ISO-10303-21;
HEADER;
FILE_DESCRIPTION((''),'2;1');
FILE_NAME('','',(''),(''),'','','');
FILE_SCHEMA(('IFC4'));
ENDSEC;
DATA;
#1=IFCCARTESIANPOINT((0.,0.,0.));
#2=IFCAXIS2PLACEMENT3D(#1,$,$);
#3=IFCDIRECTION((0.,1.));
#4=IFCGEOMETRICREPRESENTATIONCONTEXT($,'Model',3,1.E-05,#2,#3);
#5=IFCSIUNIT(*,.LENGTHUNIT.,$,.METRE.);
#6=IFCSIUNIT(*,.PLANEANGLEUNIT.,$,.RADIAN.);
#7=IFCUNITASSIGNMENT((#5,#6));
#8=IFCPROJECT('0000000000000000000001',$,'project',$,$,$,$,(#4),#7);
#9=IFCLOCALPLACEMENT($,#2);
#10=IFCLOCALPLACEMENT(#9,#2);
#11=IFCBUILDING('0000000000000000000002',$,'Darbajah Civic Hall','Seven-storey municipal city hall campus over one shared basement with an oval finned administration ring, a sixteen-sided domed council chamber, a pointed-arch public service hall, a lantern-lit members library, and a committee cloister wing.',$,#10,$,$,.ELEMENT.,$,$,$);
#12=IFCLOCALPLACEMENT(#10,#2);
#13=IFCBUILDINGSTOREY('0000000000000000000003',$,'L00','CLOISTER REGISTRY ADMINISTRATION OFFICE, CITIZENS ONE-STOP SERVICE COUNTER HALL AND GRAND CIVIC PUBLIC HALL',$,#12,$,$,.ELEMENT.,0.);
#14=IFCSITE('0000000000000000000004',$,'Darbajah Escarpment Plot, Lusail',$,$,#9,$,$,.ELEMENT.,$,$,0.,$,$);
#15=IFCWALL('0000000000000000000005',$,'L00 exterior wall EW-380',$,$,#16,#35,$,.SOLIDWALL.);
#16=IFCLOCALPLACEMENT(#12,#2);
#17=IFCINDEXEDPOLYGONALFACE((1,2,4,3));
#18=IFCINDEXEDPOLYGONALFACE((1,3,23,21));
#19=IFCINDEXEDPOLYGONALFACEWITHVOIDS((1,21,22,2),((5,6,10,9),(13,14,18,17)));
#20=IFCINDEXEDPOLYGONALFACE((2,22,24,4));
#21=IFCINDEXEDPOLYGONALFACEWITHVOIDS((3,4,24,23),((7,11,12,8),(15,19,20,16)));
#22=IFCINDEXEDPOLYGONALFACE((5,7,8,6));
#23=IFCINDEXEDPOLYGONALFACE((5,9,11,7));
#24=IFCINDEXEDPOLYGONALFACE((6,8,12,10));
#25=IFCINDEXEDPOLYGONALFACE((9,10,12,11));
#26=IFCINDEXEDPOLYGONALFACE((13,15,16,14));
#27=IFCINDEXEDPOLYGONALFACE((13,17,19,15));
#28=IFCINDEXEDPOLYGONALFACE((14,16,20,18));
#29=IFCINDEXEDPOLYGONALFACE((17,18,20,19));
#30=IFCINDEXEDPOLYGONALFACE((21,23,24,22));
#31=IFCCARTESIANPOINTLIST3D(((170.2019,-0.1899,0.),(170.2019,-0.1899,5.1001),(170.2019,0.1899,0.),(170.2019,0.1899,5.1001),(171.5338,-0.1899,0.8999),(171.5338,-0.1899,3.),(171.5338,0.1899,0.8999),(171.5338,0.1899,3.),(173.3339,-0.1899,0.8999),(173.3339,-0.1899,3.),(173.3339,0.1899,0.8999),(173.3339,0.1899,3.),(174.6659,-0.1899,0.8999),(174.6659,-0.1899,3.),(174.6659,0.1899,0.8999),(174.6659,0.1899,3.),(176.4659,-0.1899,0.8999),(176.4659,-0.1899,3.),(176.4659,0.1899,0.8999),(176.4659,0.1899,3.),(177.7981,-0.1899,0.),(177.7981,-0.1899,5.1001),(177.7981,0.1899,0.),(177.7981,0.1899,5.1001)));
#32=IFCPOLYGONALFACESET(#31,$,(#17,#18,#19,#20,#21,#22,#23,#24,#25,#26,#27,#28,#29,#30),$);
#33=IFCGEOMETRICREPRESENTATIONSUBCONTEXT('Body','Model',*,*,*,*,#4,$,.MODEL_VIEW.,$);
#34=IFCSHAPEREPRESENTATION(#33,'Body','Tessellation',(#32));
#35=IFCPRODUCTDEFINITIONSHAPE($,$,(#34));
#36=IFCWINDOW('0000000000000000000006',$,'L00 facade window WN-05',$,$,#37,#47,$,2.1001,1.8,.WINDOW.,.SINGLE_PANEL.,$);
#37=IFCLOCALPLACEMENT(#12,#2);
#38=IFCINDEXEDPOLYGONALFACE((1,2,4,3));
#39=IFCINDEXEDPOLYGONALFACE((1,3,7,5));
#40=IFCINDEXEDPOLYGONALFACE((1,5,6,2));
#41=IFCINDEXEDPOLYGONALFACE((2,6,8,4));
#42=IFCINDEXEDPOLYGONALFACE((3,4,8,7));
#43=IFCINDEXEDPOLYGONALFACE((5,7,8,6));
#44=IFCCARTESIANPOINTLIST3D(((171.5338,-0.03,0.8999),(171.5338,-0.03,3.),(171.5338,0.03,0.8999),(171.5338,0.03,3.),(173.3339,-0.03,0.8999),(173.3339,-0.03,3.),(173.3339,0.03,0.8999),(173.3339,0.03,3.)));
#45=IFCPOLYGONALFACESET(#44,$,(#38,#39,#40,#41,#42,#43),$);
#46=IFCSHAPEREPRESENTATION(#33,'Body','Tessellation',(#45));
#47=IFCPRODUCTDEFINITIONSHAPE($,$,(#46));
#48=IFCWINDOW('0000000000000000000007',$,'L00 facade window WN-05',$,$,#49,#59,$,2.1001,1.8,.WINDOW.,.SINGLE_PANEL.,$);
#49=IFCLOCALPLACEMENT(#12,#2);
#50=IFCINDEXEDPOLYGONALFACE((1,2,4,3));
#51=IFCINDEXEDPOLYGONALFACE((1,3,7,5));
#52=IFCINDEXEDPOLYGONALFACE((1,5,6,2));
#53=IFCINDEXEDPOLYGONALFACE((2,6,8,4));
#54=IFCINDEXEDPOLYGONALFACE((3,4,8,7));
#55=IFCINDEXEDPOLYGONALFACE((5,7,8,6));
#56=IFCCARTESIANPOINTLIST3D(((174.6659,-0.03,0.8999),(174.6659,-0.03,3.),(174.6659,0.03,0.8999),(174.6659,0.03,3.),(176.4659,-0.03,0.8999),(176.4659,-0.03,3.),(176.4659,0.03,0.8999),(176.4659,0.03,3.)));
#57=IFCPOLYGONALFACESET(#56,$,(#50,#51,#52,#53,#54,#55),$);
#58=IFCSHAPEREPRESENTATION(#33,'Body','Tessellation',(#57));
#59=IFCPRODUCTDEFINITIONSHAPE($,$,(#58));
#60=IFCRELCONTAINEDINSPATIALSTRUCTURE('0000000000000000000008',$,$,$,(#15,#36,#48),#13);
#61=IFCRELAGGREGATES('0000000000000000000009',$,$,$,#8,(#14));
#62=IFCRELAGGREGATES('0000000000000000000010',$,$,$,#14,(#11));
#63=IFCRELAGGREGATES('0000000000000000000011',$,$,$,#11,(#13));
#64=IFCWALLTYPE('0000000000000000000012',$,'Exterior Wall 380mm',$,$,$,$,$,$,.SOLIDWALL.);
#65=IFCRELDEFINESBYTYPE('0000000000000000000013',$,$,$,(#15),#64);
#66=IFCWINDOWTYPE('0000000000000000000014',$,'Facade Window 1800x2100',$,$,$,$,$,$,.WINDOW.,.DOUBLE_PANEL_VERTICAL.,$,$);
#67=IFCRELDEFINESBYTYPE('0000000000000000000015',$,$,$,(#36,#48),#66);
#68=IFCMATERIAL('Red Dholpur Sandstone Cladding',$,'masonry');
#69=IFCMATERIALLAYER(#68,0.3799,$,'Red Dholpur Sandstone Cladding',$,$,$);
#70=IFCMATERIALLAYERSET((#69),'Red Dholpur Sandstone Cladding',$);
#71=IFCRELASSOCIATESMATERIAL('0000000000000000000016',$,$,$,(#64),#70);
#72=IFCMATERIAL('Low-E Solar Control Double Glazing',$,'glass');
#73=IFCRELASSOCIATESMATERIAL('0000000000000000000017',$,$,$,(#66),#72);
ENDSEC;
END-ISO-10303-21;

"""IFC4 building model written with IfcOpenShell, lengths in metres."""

from ifc_helpers import new_model, si_unit, direction, frame, frame_2d, origin, place, context, subcontext, project, spatial, rectangle, extrude, material, layer, layer_set, type_object, element, fill, save


model = new_model("IFC4")

# Units and contexts
model_context = context("Model", 3, precision=1e-05, world=origin(), true_north=direction((0.0, 1.0)))
body_context = subcontext(model_context, "Body", "Model", "MODEL_VIEW")
ifc_project = project(units=[si_unit("LENGTHUNIT", "METRE"), si_unit("PLANEANGLEUNIT", "RADIAN")], contexts=[model_context])

# Site, building, storey
site_placement = place(None, origin())
site = spatial("IfcSite", under=ifc_project, at=site_placement, Name="Darbajah Escarpment Plot, Lusail", CompositionType="ELEMENT", RefElevation=0.0)
building_placement = place(site_placement, origin())
building = spatial("IfcBuilding", under=site, at=building_placement, Name="Darbajah Civic Hall", Description="Seven-storey municipal city hall campus over one shared basement with an oval finned administration ring, a sixteen-sided domed council chamber, a pointed-arch public service hall, a lantern-lit members library, and a committee cloister wing.", CompositionType="ELEMENT")
storey_placement = place(building_placement, origin())
storey = spatial("IfcBuildingStorey", under=building, at=storey_placement, Name="L00", Description="CLOISTER REGISTRY ADMINISTRATION OFFICE, CITIZENS ONE-STOP SERVICE COUNTER HALL AND GRAND CIVIC PUBLIC HALL", CompositionType="ELEMENT", Elevation=0.0)

# Shared definitions
ifc_material_1 = material(Name="Low-E Solar Control Double Glazing", Category="glass")

# Wall, openings, windows
ifc_material_2 = material(Name="Red Dholpur Sandstone Cladding", Category="masonry")
ifc_layer_1 = layer(ifc_material_2, 0.3799, Name="Red Dholpur Sandstone Cladding")
ifc_layer_set_1 = layer_set([ifc_layer_1], Name="Red Dholpur Sandstone Cladding")
wall_type = type_object("IfcWallType", Name="Exterior Wall 380mm", PredefinedType="SOLIDWALL", material=ifc_layer_set_1)
wall_1_placement = place(storey_placement, frame((170.2019, 0.0, 0.0), z_axis=(0.0, 0.0, 1.0), x_axis=(1.0, 0.0, 0.0)))
wall_1 = element("IfcWall", 1, at=wall_1_placement, inside=storey, type_object=wall_type, Name="L00 exterior wall EW-380", PredefinedType="SOLIDWALL", context=body_context, shape_type="SweptSolid", body=[
    extrude(rectangle(XDim=7.5962, YDim=0.3799, at=frame_2d((3.7981, 0.0))), origin(), (0.0, 0.0, 1.0), 5.1001),
])
opening_1_placement = place(wall_1_placement, frame((1.332, 0.0, 0.8999)))
opening_1 = element("IfcOpeningElement", 2, at=opening_1_placement, cuts=wall_1, PredefinedType="OPENING", context=body_context, shape_type="SweptSolid", body=[
    extrude(rectangle(XDim=1.8, YDim=2.1001, at=frame_2d((0.8999, 1.05))), frame((0.0, 0.2, 0.0), z_axis=(0.0, -1.0, 0.0), x_axis=(1.0, 0.0, 0.0)), (0.0, 0.0, 1.0), 0.3999),
])
opening_2_placement = place(wall_1_placement, frame((4.4641, 0.0, 0.8999)))
opening_2 = element("IfcOpeningElement", 3, at=opening_2_placement, cuts=wall_1, PredefinedType="OPENING", context=body_context, shape_type="SweptSolid", body=[
    extrude(rectangle(XDim=1.8, YDim=2.1001, at=frame_2d((0.8999, 1.05))), frame((0.0, 0.2, 0.0), z_axis=(0.0, -1.0, 0.0), x_axis=(1.0, 0.0, 0.0)), (0.0, 0.0, 1.0), 0.3999),
])
window_type_1 = type_object("IfcWindowType", Name="Facade Window 1800x2100", PartitioningType="DOUBLE_PANEL_VERTICAL", PredefinedType="WINDOW", material=ifc_material_1)
window_1_placement = place(opening_1_placement, origin())
window_1 = element("IfcWindow", 4, at=window_1_placement, inside=storey, type_object=window_type_1, Name="L00 facade window WN-05", OverallHeight=2.1001, OverallWidth=1.8, PartitioningType="SINGLE_PANEL", PredefinedType="WINDOW", context=body_context, shape_type="SweptSolid", body=[
    extrude(rectangle(XDim=1.8, YDim=2.1001, at=frame_2d((0.8999, 1.05))), frame((0.0, 0.03, 0.0), z_axis=(0.0, -1.0, 0.0), x_axis=(1.0, 0.0, 0.0)), (0.0, 0.0, 1.0), 0.0601),
])
fill(opening_1, window_1)
window_2_placement = place(opening_2_placement, origin())
window_2 = element("IfcWindow", 5, at=window_2_placement, inside=storey, type_object=window_type_1, Name="L00 facade window WN-05", OverallHeight=2.1001, OverallWidth=1.8, PartitioningType="SINGLE_PANEL", PredefinedType="WINDOW", context=body_context, shape_type="SweptSolid", body=[
    extrude(rectangle(XDim=1.8, YDim=2.1001, at=frame_2d((0.8999, 1.05))), frame((0.0, 0.03, 0.0), z_axis=(0.0, -1.0, 0.0), x_axis=(1.0, 0.0, 0.0)), (0.0, 0.0, 1.0), 0.0601),
])
fill(opening_2, window_2)

save(model, "model.ifc")
